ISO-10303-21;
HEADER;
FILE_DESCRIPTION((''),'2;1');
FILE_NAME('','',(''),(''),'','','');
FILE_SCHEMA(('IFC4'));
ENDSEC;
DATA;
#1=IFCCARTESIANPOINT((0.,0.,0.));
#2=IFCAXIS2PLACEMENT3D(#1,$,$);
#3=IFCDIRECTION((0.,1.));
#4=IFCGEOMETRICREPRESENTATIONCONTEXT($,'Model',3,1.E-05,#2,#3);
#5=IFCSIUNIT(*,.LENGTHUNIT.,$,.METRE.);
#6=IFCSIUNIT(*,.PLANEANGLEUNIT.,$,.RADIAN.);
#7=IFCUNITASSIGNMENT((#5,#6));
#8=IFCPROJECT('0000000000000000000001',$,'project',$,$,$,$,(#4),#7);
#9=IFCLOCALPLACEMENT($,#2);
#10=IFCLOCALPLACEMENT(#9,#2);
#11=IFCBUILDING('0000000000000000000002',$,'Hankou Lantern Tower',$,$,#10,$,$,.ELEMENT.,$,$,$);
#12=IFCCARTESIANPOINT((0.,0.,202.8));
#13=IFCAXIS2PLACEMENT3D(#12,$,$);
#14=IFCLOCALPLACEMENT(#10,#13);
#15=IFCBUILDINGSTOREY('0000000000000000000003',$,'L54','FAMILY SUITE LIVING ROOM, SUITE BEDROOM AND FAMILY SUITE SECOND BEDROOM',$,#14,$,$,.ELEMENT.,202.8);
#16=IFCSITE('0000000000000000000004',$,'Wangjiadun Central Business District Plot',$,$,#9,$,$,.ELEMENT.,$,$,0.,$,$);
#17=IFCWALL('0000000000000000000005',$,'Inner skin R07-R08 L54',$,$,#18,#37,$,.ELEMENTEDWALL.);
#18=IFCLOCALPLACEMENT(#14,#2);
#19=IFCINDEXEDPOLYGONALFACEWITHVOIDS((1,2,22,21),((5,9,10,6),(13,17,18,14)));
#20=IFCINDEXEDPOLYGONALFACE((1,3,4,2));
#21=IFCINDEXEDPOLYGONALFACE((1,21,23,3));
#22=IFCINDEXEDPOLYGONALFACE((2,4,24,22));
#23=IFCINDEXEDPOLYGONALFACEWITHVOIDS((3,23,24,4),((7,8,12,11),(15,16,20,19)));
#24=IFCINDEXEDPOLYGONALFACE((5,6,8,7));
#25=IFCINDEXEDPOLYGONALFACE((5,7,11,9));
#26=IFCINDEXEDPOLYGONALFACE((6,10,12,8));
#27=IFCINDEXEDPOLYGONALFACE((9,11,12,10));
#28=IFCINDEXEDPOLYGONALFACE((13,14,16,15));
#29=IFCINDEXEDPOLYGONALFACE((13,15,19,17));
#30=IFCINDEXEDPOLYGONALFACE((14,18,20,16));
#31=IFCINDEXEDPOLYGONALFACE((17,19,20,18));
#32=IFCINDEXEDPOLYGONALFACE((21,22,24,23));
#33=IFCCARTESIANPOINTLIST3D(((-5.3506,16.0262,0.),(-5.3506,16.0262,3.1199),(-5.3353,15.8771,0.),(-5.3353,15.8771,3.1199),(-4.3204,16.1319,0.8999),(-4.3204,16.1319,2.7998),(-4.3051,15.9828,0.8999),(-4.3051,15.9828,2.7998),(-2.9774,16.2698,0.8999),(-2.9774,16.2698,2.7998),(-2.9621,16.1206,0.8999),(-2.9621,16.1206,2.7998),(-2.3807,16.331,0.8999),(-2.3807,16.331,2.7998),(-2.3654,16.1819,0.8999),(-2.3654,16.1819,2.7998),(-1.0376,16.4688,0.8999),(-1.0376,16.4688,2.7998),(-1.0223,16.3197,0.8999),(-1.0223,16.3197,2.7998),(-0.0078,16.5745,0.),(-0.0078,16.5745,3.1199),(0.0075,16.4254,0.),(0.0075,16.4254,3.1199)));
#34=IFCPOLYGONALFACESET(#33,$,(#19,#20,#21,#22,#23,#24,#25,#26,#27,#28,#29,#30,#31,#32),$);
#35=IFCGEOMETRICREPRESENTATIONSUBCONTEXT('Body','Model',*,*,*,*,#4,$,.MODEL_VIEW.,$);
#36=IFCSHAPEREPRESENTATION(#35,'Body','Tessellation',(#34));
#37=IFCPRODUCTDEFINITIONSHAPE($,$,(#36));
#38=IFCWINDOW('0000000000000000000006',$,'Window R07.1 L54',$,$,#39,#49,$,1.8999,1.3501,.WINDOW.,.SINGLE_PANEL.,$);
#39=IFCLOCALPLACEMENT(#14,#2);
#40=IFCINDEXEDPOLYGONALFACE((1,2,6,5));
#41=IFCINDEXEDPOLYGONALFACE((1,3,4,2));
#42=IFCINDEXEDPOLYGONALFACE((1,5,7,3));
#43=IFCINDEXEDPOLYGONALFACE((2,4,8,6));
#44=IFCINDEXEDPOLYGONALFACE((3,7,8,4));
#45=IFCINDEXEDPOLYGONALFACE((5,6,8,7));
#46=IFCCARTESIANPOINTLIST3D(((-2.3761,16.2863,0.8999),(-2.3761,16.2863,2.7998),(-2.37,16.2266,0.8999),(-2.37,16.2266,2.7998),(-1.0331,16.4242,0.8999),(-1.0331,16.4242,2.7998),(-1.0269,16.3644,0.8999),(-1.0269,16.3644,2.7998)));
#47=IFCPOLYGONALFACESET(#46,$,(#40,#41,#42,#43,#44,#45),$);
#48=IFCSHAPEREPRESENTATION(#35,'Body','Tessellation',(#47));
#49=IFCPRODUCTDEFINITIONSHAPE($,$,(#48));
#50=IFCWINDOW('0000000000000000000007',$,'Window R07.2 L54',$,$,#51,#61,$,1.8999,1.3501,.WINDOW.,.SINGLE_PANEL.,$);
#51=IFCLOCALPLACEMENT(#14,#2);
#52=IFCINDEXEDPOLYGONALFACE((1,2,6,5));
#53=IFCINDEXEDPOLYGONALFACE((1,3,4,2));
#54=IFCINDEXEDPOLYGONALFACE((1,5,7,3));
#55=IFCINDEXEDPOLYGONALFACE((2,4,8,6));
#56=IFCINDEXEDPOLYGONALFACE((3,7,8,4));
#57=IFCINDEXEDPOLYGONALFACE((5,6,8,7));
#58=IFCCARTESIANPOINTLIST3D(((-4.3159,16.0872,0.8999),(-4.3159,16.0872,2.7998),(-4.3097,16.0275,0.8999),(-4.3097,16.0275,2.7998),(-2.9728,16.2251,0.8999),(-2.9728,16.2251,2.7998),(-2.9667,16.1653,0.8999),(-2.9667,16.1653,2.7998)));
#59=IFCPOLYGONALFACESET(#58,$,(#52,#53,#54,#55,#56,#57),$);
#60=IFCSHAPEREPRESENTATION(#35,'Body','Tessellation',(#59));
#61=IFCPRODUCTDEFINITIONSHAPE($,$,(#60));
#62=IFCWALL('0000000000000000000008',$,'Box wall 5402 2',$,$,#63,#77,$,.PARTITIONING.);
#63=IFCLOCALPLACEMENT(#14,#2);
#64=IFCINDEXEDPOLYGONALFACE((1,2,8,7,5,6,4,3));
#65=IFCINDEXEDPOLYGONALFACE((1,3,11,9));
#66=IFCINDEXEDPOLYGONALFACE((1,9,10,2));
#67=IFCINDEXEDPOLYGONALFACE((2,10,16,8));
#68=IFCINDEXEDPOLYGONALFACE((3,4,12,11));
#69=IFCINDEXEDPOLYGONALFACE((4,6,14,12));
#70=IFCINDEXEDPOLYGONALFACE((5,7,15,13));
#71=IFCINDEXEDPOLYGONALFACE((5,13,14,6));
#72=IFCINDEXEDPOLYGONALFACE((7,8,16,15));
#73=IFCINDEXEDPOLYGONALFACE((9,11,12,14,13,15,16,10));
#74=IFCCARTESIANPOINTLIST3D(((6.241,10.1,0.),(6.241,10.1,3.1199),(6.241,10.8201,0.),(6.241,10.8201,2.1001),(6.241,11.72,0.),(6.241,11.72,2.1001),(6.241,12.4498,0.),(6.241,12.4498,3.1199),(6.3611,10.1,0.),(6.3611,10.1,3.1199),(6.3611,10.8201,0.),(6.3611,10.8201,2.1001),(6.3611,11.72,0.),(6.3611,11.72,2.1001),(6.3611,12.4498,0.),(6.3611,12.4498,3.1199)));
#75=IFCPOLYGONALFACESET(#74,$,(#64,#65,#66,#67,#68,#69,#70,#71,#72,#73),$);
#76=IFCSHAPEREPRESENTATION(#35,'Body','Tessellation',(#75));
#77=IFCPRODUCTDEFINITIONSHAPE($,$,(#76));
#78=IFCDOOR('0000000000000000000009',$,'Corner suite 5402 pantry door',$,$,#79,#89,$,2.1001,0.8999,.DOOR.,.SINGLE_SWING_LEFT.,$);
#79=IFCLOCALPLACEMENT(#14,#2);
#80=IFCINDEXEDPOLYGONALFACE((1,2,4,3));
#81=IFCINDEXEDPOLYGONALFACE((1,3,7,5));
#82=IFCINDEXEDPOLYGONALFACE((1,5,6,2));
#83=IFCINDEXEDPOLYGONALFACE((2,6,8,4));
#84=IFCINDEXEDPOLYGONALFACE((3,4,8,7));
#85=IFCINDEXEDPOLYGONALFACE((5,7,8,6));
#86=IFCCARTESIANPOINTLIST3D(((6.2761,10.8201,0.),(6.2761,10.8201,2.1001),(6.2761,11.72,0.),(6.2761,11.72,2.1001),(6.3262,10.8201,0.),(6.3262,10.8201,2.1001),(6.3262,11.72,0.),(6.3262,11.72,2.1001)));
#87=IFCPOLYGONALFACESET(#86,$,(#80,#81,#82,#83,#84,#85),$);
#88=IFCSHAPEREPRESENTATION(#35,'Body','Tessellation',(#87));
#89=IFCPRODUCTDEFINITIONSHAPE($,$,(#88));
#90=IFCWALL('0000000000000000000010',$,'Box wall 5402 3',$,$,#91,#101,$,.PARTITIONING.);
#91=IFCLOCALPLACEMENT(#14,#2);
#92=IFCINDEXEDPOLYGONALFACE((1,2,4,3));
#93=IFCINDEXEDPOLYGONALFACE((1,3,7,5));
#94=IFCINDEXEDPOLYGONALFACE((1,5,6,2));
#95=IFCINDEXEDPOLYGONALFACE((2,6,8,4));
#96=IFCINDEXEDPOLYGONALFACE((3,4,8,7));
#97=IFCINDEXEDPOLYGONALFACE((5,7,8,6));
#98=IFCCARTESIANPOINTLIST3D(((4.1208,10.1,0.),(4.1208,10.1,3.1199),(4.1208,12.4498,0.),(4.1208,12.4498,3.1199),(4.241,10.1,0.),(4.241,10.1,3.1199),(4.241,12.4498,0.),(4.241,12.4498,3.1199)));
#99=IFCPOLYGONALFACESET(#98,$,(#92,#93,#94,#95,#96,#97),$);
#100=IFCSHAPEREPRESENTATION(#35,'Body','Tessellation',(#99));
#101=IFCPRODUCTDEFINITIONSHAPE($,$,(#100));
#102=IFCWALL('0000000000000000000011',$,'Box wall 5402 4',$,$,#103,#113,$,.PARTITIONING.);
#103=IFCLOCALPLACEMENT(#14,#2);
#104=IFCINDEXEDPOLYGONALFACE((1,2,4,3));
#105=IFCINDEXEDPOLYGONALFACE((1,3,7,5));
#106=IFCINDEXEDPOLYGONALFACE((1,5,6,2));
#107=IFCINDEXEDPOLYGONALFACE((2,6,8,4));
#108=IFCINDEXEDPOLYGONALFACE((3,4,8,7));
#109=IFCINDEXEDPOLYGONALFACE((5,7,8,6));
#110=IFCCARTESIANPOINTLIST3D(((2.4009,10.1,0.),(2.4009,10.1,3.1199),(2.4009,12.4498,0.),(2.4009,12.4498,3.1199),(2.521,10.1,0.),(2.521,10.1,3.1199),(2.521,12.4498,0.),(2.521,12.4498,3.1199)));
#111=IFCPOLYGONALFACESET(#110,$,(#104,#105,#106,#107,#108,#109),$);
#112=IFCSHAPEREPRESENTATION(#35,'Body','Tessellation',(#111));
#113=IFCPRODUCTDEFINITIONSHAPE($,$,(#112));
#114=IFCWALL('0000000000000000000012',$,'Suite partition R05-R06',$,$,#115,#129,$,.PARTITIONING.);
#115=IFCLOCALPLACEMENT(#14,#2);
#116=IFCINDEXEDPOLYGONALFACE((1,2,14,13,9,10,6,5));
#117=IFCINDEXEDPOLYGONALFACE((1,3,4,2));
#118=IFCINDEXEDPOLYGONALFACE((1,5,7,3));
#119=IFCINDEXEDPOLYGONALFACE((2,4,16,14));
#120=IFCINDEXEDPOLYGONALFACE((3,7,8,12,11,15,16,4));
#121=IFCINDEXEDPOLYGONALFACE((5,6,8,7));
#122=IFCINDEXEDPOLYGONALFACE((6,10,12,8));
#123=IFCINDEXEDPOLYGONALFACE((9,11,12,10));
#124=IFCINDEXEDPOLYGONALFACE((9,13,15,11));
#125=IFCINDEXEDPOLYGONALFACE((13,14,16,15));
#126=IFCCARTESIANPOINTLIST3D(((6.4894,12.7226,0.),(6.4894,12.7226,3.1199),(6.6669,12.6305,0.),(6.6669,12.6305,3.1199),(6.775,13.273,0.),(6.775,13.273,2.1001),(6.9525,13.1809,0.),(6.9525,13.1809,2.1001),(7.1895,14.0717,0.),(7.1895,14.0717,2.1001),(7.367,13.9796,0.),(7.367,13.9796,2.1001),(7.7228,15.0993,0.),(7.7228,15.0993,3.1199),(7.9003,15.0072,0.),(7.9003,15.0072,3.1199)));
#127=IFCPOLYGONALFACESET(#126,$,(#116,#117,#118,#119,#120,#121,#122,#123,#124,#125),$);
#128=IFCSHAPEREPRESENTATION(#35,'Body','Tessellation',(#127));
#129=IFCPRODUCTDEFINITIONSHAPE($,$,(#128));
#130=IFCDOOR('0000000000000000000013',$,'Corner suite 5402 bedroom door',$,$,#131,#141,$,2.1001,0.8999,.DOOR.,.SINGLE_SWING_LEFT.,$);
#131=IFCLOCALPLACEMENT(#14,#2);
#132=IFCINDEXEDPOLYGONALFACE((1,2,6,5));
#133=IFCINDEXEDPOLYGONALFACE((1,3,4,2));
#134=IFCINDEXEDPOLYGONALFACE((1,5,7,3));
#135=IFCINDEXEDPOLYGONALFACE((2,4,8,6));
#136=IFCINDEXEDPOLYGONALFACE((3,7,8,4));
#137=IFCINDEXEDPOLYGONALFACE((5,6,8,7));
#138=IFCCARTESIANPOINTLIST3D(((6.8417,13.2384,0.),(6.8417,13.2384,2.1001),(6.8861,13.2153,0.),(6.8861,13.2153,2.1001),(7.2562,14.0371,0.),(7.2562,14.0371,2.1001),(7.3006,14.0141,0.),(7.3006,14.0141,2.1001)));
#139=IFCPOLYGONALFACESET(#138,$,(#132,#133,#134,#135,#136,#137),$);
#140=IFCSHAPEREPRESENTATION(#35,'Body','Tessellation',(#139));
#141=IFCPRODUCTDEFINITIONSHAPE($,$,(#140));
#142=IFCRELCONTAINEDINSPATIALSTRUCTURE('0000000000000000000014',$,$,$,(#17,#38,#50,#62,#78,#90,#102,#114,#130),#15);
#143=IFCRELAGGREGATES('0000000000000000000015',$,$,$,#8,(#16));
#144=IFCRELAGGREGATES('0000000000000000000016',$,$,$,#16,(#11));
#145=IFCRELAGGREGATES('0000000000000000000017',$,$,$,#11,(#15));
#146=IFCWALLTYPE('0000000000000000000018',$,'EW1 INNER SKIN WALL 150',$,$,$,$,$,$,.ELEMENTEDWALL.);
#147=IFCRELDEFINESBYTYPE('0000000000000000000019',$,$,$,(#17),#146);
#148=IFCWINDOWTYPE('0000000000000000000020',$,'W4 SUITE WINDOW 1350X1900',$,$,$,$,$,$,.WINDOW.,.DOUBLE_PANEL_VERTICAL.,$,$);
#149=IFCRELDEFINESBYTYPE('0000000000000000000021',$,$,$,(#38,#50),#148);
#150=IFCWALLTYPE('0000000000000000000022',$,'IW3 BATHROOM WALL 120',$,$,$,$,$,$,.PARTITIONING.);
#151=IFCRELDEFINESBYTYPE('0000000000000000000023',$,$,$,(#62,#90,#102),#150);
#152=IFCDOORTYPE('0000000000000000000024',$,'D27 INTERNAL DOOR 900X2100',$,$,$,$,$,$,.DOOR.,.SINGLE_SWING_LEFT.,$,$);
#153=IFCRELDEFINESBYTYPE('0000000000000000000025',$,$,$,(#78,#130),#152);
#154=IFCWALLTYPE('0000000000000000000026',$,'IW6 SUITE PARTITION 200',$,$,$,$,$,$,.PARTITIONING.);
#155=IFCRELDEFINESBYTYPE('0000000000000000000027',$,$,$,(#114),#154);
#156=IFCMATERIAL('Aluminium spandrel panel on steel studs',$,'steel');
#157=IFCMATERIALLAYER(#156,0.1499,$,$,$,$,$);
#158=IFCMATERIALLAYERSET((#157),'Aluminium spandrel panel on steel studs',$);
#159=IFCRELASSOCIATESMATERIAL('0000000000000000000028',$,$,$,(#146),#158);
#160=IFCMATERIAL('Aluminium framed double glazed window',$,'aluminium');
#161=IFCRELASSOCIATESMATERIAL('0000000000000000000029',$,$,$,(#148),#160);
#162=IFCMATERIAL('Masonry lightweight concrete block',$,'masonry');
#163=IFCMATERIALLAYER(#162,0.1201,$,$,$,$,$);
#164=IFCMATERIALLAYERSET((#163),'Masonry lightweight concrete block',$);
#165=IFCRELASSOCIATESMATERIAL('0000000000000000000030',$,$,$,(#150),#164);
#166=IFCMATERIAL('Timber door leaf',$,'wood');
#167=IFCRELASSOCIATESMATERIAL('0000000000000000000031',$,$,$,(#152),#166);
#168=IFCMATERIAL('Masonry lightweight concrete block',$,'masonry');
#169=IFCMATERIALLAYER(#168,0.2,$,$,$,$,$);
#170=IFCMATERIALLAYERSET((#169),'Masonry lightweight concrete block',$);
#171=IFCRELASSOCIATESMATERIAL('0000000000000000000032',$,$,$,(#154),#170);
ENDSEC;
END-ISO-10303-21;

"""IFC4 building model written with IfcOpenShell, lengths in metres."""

from ifc_helpers import new_model, si_unit, direction, frame, frame_2d, origin, place, context, subcontext, project, spatial, rectangle, extrude, material, layer, layer_set, type_object, element, fill, save


model = new_model("IFC4")

# Units and contexts
model_context = context("Model", 3, precision=1e-05, world=origin(), true_north=direction((0.0, 1.0)))
body_context = subcontext(model_context, "Body", "Model", "MODEL_VIEW")
ifc_project = project(units=[si_unit("LENGTHUNIT", "METRE"), si_unit("PLANEANGLEUNIT", "RADIAN")], contexts=[model_context])

# Site, building, storey
site_placement = place(None, origin())
site = spatial("IfcSite", under=ifc_project, at=site_placement, Name="Wangjiadun Central Business District Plot", CompositionType="ELEMENT", RefElevation=0.0)
building_placement = place(site_placement, origin())
building = spatial("IfcBuilding", under=site, at=building_placement, Name="Hankou Lantern Tower", CompositionType="ELEMENT")
storey_placement = place(building_placement, frame((0.0, 0.0, 202.8)))
storey = spatial("IfcBuildingStorey", under=building, at=storey_placement, Name="L54", Description="FAMILY SUITE LIVING ROOM, SUITE BEDROOM AND FAMILY SUITE SECOND BEDROOM", CompositionType="ELEMENT", Elevation=202.8)

# Wall, openings, windows
ifc_material_1 = material(Name="Aluminium spandrel panel on steel studs", Category="steel")
ifc_layer_1 = layer(ifc_material_1, 0.1499)
ifc_layer_set_1 = layer_set([ifc_layer_1], Name="Aluminium spandrel panel on steel studs")
wall_type_1 = type_object("IfcWallType", Name="EW1 INNER SKIN WALL 150", PredefinedType="ELEMENTEDWALL", material=ifc_layer_set_1)
ifc_material_2 = material(Name="Aluminium framed double glazed window", Category="aluminium")
window_type = type_object("IfcWindowType", Name="W4 SUITE WINDOW 1350X1900", PartitioningType="DOUBLE_PANEL_VERTICAL", PredefinedType="WINDOW", material=ifc_material_2)
wall_1_placement = place(storey_placement, frame((0.0, 16.5, 0.0), z_axis=(0.0, 0.0, 1.0), x_axis=(-0.994775, -0.102096, 0.0)))
wall_1 = element("IfcWall", 1, at=wall_1_placement, inside=storey, type_object=wall_type_1, Name="Inner skin R07-R08 L54", PredefinedType="ELEMENTEDWALL", context=body_context, shape_type="SweptSolid", body=[
    extrude(rectangle(XDim=5.3708, YDim=0.1499, at=frame_2d((2.6855, 0.0))), origin(), (0.0, 0.0, 1.0), 3.1199),
])
opening_1_placement = place(wall_1_placement, frame((1.0354, 0.0, 0.8999)))
opening_1 = element("IfcOpeningElement", 2, at=opening_1_placement, cuts=wall_1, PredefinedType="OPENING", context=body_context, shape_type="SweptSolid", body=[
    extrude(rectangle(XDim=1.3501, YDim=1.8999, at=frame_2d((0.675, 0.95))), frame((0.0, 0.085, 0.0), z_axis=(0.0, -1.0, 0.0), x_axis=(1.0, 0.0, 0.0)), (0.0, 0.0, 1.0), 0.1699),
])
opening_2_placement = place(wall_1_placement, frame((2.9854, 0.0, 0.8999)))
opening_2 = element("IfcOpeningElement", 3, at=opening_2_placement, cuts=wall_1, PredefinedType="OPENING", context=body_context, shape_type="SweptSolid", body=[
    extrude(rectangle(XDim=1.3501, YDim=1.8999, at=frame_2d((0.675, 0.95))), frame((0.0, 0.085, 0.0), z_axis=(0.0, -1.0, 0.0), x_axis=(1.0, 0.0, 0.0)), (0.0, 0.0, 1.0), 0.1699),
])
window_1_placement = place(opening_1_placement, origin())
window_1 = element("IfcWindow", 4, at=window_1_placement, inside=storey, type_object=window_type, Name="Window R07.1 L54", OverallHeight=1.8999, OverallWidth=1.3501, PartitioningType="SINGLE_PANEL", PredefinedType="WINDOW", context=body_context, shape_type="SweptSolid", body=[
    extrude(rectangle(XDim=1.3501, YDim=1.8999, at=frame_2d((0.675, 0.95))), frame((0.0, 0.03, 0.0), z_axis=(0.0, -1.0, 0.0), x_axis=(1.0, 0.0, 0.0)), (0.0, 0.0, 1.0), 0.0601),
])
fill(opening_1, window_1)
window_2_placement = place(opening_2_placement, origin())
window_2 = element("IfcWindow", 5, at=window_2_placement, inside=storey, type_object=window_type, Name="Window R07.2 L54", OverallHeight=1.8999, OverallWidth=1.3501, PartitioningType="SINGLE_PANEL", PredefinedType="WINDOW", context=body_context, shape_type="SweptSolid", body=[
    extrude(rectangle(XDim=1.3501, YDim=1.8999, at=frame_2d((0.675, 0.95))), frame((0.0, 0.03, 0.0), z_axis=(0.0, -1.0, 0.0), x_axis=(1.0, 0.0, 0.0)), (0.0, 0.0, 1.0), 0.0601),
])
fill(opening_2, window_2)

# Wall, opening, door
ifc_material_3 = material(Name="Masonry lightweight concrete block", Category="masonry")
ifc_layer_2 = layer(ifc_material_3, 0.1201)
ifc_layer_set_2 = layer_set([ifc_layer_2], Name="Masonry lightweight concrete block")
wall_type_2 = type_object("IfcWallType", Name="IW3 BATHROOM WALL 120", PredefinedType="PARTITIONING", material=ifc_layer_set_2)
wall_2_placement = place(storey_placement, frame((6.301, 10.1001, 0.0), z_axis=(0.0, 0.0, 1.0), x_axis=(0.0, 1.0, 0.0)))
wall_2 = element("IfcWall", 6, at=wall_2_placement, inside=storey, type_object=wall_type_2, Name="Box wall 5402 2", PredefinedType="PARTITIONING", context=body_context, shape_type="SweptSolid", body=[
    extrude(rectangle(XDim=2.3499, YDim=0.1201, at=frame_2d((1.1748, 0.0))), origin(), (0.0, 0.0, 1.0), 3.1199),
])
opening_3_placement = place(wall_2_placement, frame((0.72, 0.0, 0.0)))
opening_3 = element("IfcOpeningElement", 7, at=opening_3_placement, cuts=wall_2, PredefinedType="OPENING", context=body_context, shape_type="SweptSolid", body=[
    extrude(rectangle(XDim=0.8999, YDim=2.1001, at=frame_2d((0.45, 1.05))), frame((0.0, 0.0701, 0.0), z_axis=(0.0, -1.0, 0.0), x_axis=(1.0, 0.0, 0.0)), (0.0, 0.0, 1.0), 0.1401),
])
ifc_material_4 = material(Name="Timber door leaf", Category="wood")
door_type = type_object("IfcDoorType", Name="D27 INTERNAL DOOR 900X2100", OperationType="SINGLE_SWING_LEFT", PredefinedType="DOOR", material=ifc_material_4)
door_1_placement = place(opening_3_placement, origin())
door_1 = element("IfcDoor", 8, at=door_1_placement, inside=storey, type_object=door_type, Name="Corner suite 5402 pantry door", OperationType="SINGLE_SWING_LEFT", OverallHeight=2.1001, OverallWidth=0.8999, PredefinedType="DOOR", context=body_context, shape_type="SweptSolid", body=[
    extrude(rectangle(XDim=0.8999, YDim=2.1001, at=frame_2d((0.45, 1.05))), frame((0.0, 0.0249, 0.0), z_axis=(0.0, -1.0, 0.0), x_axis=(1.0, 0.0, 0.0)), (0.0, 0.0, 1.0), 0.05),
])
fill(opening_3, door_1)

# Walls
for number, where, z_axis, x_axis, name in (
    (9, (4.1809, 10.1001, 0.0), (0.0, 0.0, 1.0), (0.0, 1.0, 0.0), "Box wall 5402 3"),
    (10, (2.4609, 10.1001, 0.0), (0.0, 0.0, 1.0), (0.0, 1.0, 0.0), "Box wall 5402 4"),
):
    element("IfcWall", number, at=place(storey_placement, frame(where, z_axis=z_axis, x_axis=x_axis)), inside=storey, type_object=wall_type_2, Name=name, PredefinedType="PARTITIONING", context=body_context, shape_type="SweptSolid", body=[
        extrude(rectangle(XDim=2.3499, YDim=0.1201, at=frame_2d((1.1748, 0.0))), origin(), (0.0, 0.0, 1.0), 3.1199),
    ])

# Wall, opening, door
ifc_material_5 = material(Name="Masonry lightweight concrete block", Category="masonry")
ifc_layer_3 = layer(ifc_material_5, 0.2)
ifc_layer_set_3 = layer_set([ifc_layer_3], Name="Masonry lightweight concrete block")
wall_type_3 = type_object("IfcWallType", Name="IW6 SUITE PARTITION 200", PredefinedType="PARTITIONING", material=ifc_layer_set_3)
wall_3_placement = place(storey_placement, frame((6.5781, 12.6765, 0.0), z_axis=(0.0, 0.0, 1.0), x_axis=(0.460621, 0.887597, 0.0)))
wall_3 = element("IfcWall", 11, at=wall_3_placement, inside=storey, type_object=wall_type_3, Name="Suite partition R05-R06", PredefinedType="PARTITIONING", context=body_context, shape_type="SweptSolid", body=[
    extrude(rectangle(XDim=2.6777, YDim=0.2, at=frame_2d((1.3389, 0.0))), origin(), (0.0, 0.0, 1.0), 3.1199),
])
opening_4_placement = place(wall_3_placement, frame((0.6201, 0.0, 0.0)))
opening_4 = element("IfcOpeningElement", 12, at=opening_4_placement, cuts=wall_3, PredefinedType="OPENING", context=body_context, shape_type="SweptSolid", body=[
    extrude(rectangle(XDim=0.8999, YDim=2.1001, at=frame_2d((0.45, 1.05))), frame((0.0, 0.1099, 0.0), z_axis=(0.0, -1.0, 0.0), x_axis=(1.0, 0.0, 0.0)), (0.0, 0.0, 1.0), 0.22),
])
door_2_placement = place(opening_4_placement, origin())
door_2 = element("IfcDoor", 13, at=door_2_placement, inside=storey, type_object=door_type, Name="Corner suite 5402 bedroom door", OperationType="SINGLE_SWING_LEFT", OverallHeight=2.1001, OverallWidth=0.8999, PredefinedType="DOOR", context=body_context, shape_type="SweptSolid", body=[
    extrude(rectangle(XDim=0.8999, YDim=2.1001, at=frame_2d((0.45, 1.05))), frame((0.0, 0.0249, 0.0), z_axis=(0.0, -1.0, 0.0), x_axis=(1.0, 0.0, 0.0)), (0.0, 0.0, 1.0), 0.05),
])
fill(opening_4, door_2)

save(model, "model.ifc")
